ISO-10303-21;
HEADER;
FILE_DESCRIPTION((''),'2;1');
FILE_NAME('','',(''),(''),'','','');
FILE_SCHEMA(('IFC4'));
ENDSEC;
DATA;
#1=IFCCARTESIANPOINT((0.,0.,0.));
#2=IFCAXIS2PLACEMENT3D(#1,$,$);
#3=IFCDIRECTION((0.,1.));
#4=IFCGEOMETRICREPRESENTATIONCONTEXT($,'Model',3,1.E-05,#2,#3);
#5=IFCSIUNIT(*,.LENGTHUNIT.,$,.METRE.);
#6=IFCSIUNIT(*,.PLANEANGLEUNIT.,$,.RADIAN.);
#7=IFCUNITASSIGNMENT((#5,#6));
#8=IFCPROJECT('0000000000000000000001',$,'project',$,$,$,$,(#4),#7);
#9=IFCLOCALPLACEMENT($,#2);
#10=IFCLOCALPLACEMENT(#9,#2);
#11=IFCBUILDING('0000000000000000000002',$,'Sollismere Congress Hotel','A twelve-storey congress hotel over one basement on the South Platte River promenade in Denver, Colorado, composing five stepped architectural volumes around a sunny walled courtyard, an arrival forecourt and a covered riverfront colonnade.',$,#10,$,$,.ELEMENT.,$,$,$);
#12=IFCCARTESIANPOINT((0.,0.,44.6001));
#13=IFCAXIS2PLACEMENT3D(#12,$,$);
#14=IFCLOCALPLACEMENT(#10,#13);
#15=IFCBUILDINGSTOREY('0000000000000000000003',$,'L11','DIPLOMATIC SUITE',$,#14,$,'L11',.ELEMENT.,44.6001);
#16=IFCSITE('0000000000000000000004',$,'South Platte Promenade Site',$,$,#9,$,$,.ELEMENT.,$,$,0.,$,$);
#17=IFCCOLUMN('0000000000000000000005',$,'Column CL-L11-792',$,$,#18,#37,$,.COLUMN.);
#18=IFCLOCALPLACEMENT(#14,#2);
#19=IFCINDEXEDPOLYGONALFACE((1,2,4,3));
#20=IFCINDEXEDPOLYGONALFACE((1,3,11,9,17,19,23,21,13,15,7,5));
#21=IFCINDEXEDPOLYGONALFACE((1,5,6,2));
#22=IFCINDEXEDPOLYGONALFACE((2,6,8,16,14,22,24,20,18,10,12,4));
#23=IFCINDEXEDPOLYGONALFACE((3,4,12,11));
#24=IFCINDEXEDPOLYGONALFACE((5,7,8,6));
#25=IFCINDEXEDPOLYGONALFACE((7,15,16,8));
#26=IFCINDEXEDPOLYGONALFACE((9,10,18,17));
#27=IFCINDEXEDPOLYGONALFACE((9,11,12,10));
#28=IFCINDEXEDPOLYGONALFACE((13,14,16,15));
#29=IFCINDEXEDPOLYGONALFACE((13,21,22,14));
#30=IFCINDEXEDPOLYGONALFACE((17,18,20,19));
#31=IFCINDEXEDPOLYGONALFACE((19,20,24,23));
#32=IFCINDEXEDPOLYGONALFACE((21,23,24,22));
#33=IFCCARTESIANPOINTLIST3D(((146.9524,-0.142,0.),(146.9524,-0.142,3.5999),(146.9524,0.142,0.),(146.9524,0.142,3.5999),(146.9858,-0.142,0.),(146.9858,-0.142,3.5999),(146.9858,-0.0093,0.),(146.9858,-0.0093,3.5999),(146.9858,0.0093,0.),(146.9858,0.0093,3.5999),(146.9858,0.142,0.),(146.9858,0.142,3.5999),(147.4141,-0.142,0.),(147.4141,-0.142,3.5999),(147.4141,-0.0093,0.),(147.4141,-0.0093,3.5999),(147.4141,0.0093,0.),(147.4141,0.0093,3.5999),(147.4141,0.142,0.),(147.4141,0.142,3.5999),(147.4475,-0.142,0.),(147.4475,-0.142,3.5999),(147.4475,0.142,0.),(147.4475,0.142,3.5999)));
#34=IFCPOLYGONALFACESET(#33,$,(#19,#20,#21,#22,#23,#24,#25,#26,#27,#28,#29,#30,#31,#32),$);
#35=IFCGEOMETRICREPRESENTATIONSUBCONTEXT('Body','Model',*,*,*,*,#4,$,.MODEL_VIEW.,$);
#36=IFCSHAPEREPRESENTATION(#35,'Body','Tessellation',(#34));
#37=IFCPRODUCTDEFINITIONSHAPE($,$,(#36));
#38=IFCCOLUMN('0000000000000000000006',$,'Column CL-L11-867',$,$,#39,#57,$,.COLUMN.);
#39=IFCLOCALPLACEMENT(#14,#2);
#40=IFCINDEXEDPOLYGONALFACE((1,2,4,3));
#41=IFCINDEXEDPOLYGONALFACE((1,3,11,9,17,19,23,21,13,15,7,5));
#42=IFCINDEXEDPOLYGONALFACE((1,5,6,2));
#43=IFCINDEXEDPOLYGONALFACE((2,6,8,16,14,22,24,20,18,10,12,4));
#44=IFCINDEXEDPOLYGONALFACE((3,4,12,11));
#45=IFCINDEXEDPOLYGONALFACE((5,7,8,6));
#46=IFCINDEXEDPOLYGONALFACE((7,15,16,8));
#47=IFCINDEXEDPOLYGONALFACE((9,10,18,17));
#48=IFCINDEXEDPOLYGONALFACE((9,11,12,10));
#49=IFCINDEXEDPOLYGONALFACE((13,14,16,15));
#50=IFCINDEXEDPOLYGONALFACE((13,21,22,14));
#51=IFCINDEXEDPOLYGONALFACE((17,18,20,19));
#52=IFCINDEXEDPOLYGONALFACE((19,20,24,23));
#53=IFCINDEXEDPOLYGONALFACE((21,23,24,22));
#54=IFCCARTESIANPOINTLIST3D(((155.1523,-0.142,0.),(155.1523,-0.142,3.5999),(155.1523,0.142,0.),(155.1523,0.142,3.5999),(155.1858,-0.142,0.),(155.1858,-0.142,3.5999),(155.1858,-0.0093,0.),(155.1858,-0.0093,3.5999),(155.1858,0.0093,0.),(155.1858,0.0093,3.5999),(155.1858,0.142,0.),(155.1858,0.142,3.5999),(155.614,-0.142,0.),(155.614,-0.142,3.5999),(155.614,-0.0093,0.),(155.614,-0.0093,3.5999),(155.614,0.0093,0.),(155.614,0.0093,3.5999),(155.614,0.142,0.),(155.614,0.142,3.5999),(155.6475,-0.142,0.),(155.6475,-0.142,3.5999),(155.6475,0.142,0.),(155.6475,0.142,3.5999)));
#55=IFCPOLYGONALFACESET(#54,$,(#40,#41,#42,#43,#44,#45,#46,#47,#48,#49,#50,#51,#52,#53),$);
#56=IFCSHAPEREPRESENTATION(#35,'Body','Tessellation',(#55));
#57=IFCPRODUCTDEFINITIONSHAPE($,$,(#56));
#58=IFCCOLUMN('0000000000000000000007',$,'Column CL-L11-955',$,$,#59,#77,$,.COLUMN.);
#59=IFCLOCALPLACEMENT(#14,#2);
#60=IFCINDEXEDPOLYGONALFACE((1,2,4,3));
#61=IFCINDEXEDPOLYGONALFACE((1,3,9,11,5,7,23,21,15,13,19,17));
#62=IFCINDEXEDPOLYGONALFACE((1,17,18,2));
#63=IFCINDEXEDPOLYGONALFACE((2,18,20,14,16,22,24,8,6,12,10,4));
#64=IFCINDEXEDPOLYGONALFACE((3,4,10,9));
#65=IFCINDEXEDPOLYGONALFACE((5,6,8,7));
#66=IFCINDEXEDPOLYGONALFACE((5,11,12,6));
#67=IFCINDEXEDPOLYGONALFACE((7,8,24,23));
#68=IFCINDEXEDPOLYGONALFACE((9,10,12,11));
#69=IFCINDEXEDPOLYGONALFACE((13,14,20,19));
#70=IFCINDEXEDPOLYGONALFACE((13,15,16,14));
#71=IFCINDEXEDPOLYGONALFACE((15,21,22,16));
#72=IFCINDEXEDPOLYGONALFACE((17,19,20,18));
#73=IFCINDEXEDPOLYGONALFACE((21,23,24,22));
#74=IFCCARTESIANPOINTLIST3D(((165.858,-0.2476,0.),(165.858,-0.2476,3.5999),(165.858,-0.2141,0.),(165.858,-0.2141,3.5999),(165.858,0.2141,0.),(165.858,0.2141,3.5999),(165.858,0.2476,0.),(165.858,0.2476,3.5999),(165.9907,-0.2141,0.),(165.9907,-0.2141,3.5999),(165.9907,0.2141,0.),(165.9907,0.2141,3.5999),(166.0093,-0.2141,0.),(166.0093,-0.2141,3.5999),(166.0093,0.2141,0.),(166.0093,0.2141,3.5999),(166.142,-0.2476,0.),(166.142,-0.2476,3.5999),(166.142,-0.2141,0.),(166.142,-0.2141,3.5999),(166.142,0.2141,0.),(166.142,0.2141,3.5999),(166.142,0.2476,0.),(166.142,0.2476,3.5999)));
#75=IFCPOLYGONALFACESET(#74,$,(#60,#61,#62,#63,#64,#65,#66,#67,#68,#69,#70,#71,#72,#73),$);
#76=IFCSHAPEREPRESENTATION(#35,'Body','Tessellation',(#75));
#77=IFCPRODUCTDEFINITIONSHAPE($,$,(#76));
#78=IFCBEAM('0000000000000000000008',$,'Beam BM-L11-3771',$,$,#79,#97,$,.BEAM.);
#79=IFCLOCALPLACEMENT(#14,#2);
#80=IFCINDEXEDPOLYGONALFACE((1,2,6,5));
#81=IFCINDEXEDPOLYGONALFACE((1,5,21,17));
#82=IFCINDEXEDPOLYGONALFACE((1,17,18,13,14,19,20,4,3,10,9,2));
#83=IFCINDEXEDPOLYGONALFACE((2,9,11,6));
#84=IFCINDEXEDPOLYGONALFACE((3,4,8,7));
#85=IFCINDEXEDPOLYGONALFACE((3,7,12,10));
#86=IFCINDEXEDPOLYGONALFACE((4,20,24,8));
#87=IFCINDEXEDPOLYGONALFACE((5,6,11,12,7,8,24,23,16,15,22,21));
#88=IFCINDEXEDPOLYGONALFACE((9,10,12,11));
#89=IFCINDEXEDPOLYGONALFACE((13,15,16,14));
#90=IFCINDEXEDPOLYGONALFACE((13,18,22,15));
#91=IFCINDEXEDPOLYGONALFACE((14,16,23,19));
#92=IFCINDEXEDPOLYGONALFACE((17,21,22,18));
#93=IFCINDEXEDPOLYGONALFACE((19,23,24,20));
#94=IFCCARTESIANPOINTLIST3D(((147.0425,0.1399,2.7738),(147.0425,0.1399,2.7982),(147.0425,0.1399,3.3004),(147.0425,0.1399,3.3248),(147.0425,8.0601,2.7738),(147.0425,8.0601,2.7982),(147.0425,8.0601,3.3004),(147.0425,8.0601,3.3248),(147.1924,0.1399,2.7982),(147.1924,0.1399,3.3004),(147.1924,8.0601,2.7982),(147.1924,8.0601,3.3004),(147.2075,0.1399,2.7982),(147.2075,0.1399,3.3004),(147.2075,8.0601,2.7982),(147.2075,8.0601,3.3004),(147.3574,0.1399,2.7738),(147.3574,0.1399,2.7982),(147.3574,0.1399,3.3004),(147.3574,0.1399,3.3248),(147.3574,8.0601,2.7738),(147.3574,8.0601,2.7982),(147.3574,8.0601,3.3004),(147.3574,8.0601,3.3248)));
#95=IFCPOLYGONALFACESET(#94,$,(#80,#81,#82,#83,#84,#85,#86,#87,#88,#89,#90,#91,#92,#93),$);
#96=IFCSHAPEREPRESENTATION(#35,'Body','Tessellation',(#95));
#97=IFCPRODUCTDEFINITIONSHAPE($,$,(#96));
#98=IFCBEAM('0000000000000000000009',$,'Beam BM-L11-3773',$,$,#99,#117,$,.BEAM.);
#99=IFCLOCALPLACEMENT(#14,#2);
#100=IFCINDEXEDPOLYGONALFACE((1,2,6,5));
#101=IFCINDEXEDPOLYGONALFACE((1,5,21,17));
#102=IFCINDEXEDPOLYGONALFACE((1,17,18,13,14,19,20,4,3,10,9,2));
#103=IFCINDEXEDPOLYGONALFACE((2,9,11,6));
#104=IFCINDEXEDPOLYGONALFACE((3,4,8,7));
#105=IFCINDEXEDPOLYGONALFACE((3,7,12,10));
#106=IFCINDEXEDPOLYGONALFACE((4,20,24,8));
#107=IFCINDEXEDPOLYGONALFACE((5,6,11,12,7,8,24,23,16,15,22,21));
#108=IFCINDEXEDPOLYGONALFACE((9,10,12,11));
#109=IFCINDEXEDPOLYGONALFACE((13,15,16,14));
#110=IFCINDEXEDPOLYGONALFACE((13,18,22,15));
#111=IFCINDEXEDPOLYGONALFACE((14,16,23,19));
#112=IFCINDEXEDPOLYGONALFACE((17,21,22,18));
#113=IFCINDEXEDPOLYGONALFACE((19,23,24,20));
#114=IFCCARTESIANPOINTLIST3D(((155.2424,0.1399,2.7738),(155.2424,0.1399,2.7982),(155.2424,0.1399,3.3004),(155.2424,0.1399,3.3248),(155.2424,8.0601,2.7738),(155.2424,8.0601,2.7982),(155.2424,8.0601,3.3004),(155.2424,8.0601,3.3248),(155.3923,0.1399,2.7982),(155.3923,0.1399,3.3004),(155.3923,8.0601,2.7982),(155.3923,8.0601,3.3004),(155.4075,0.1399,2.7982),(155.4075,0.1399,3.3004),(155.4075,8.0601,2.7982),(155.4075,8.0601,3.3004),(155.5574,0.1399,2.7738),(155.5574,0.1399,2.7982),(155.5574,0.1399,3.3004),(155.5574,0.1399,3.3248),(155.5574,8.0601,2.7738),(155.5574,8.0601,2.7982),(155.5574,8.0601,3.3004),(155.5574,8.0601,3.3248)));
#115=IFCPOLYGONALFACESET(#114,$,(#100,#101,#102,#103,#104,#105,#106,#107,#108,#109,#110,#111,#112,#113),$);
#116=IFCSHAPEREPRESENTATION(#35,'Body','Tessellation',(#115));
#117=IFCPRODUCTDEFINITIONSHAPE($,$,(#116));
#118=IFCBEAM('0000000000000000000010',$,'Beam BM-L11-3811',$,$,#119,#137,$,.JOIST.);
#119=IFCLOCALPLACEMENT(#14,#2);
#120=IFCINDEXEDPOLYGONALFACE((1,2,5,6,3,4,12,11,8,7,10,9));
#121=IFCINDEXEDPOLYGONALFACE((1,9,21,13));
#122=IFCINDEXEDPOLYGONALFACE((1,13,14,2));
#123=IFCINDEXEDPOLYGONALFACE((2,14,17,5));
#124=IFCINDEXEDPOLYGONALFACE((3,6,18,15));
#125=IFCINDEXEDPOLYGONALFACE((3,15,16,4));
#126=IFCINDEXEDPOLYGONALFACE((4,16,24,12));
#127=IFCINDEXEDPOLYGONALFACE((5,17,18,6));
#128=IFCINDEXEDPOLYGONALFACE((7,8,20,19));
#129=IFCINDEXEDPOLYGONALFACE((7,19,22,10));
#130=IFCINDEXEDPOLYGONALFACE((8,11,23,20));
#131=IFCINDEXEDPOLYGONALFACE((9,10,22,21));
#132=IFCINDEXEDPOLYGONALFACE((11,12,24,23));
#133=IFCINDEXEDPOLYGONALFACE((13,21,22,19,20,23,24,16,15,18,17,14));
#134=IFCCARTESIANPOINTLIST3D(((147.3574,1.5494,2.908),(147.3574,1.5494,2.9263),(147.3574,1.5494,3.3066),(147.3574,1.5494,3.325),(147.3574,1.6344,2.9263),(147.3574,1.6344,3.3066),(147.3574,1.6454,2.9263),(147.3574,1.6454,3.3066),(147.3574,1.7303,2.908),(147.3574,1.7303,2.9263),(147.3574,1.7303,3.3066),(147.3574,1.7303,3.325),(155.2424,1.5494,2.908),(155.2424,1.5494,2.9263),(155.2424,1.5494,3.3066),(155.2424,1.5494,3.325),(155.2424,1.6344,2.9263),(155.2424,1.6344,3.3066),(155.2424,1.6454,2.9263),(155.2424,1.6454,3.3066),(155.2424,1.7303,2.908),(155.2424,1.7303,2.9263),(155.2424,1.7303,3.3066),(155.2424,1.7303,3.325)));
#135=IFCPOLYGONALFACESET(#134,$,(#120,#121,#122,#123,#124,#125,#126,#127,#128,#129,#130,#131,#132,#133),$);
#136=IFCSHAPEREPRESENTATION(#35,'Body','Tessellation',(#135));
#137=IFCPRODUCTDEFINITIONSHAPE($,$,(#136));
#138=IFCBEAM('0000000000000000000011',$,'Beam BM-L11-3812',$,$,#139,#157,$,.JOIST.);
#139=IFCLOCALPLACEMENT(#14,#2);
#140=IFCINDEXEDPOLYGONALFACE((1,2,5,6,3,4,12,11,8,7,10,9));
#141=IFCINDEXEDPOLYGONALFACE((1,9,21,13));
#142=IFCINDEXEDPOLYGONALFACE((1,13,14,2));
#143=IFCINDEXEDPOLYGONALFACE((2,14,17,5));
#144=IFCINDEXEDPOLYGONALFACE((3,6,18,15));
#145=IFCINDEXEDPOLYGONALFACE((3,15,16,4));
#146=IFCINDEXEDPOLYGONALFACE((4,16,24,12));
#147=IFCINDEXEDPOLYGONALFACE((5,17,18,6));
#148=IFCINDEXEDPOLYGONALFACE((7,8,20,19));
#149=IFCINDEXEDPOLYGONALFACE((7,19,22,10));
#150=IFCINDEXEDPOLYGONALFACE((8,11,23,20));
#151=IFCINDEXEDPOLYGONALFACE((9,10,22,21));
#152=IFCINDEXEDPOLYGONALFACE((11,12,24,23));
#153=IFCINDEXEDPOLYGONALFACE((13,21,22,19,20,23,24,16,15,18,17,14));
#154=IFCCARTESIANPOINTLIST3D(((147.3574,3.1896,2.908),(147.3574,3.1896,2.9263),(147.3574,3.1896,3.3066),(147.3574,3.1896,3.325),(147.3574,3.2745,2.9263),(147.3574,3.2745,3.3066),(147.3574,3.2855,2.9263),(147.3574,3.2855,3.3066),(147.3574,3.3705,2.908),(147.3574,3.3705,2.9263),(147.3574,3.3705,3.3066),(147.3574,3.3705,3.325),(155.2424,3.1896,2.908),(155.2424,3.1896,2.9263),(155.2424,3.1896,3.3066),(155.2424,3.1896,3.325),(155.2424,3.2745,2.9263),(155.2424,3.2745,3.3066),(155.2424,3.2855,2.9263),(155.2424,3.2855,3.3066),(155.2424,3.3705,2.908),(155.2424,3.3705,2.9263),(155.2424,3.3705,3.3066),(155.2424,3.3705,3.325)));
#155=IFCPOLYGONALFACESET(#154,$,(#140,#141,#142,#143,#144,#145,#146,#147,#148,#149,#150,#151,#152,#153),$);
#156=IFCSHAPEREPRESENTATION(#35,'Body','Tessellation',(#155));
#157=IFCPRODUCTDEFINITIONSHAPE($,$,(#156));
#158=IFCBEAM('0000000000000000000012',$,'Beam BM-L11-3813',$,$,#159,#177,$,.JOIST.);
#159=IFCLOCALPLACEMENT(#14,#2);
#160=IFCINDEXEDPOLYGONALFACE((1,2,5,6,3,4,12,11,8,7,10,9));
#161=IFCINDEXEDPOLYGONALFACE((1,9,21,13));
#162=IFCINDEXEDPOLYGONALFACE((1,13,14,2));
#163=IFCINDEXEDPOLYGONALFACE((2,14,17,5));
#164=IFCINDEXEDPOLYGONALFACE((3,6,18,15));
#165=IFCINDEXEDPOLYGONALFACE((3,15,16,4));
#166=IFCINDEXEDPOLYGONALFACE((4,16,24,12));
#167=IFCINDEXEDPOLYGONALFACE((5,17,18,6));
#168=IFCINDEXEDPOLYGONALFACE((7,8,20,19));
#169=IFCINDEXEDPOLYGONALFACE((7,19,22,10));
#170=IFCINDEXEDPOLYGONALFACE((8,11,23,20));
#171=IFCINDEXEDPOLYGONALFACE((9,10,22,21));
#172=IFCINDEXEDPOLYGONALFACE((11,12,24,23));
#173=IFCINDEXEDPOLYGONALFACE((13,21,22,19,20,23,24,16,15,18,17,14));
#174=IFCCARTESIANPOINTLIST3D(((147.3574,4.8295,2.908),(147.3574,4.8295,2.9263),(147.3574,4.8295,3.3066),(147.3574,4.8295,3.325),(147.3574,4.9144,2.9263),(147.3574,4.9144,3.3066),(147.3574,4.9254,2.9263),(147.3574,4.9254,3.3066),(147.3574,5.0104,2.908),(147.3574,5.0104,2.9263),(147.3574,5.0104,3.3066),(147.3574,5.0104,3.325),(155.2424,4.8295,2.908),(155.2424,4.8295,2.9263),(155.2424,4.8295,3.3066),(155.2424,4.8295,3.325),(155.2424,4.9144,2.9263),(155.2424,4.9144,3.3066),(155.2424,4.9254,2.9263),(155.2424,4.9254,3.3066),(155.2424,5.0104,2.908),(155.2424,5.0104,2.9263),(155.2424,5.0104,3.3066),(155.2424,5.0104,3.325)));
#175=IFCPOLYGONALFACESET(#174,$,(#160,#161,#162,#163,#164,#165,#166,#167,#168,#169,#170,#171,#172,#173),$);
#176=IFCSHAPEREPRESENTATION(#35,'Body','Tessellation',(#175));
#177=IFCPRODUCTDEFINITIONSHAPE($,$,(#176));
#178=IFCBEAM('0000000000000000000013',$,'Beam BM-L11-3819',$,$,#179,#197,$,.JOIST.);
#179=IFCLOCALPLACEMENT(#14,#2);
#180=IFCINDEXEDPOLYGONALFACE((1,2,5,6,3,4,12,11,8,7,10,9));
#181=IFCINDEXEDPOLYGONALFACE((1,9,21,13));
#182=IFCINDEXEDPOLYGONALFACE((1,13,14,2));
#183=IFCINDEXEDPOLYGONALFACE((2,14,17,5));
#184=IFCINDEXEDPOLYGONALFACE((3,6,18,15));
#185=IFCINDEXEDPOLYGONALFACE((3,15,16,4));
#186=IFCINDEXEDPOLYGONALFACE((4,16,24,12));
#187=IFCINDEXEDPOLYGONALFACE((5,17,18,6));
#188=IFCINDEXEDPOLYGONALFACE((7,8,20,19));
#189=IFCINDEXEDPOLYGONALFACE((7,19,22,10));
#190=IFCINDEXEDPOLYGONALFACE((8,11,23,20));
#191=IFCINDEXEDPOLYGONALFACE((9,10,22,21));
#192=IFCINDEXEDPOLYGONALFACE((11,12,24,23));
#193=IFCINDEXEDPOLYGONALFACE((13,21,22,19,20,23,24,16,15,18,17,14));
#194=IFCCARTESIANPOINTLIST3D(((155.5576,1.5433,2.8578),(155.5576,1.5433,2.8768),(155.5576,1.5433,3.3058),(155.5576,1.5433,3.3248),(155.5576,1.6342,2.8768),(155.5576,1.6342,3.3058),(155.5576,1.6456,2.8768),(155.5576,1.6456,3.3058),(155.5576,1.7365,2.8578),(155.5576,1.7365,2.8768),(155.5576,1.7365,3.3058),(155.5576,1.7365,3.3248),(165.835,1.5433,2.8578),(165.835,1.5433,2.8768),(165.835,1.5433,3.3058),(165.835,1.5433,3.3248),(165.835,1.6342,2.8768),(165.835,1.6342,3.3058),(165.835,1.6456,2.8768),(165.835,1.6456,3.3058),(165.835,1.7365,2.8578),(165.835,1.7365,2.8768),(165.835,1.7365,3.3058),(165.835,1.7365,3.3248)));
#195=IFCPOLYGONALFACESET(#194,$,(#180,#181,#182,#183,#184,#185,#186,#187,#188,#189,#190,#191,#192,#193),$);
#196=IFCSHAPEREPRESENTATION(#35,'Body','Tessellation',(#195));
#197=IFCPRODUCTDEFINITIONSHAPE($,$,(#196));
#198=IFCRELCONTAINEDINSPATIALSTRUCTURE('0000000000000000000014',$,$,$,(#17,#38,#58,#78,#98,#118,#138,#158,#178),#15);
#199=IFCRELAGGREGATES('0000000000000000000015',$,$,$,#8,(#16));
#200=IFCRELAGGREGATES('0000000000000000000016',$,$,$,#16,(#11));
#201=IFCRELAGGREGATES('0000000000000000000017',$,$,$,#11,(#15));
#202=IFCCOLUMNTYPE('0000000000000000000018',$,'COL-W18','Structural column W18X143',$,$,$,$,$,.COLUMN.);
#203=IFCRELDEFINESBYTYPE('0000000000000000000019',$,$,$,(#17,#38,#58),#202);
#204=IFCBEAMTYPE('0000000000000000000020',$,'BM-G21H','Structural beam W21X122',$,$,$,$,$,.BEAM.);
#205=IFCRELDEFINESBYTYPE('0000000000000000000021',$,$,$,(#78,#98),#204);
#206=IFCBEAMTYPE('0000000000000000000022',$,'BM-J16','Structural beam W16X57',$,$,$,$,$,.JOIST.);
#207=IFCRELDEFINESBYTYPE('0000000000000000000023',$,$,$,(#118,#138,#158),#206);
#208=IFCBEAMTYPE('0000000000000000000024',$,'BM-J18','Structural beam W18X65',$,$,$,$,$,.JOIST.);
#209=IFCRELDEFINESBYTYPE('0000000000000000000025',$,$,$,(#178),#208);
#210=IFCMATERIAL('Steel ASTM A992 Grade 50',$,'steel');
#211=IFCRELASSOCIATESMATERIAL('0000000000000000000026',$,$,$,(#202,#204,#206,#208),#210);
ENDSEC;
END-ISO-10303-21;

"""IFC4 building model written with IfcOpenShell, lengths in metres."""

from ifc_helpers import new_model, si_unit, direction, frame, origin, origin_2d, place, context, subcontext, project, spatial, i_section, extrude, material, material_profile, profile_set, type_object, element, save


model = new_model("IFC4")

# Units and contexts
model_context = context("Model", 3, precision=1e-05, world=origin(), true_north=direction((0.0, 1.0)))
body_context = subcontext(model_context, "Body", "Model", "MODEL_VIEW")
ifc_project = project(units=[si_unit("LENGTHUNIT", "METRE"), si_unit("PLANEANGLEUNIT", "RADIAN")], contexts=[model_context])

# Site, building, storey
site_placement = place(None, origin())
site = spatial("IfcSite", under=ifc_project, at=site_placement, Name="South Platte Promenade Site", CompositionType="ELEMENT", RefElevation=0.0)
building_placement = place(site_placement, origin())
building = spatial("IfcBuilding", under=site, at=building_placement, Name="Sollismere Congress Hotel", Description="A twelve-storey congress hotel over one basement on the South Platte River promenade in Denver, Colorado, composing five stepped architectural volumes around a sunny walled courtyard, an arrival forecourt and a covered riverfront colonnade.", CompositionType="ELEMENT")
storey_placement = place(building_placement, frame((0.0, 0.0, 44.6001)))
storey = spatial("IfcBuildingStorey", under=building, at=storey_placement, Name="L11", Description="DIPLOMATIC SUITE", LongName="L11", CompositionType="ELEMENT", Elevation=44.6001)

# Columns
ifc_material_1 = material(Name="Steel ASTM A992 Grade 50", Category="steel")
ifc_material_profile_1 = material_profile(ifc_material_1, i_section(OverallWidth=0.2839, OverallDepth=0.4951, WebThickness=0.0186, FlangeThickness=0.0334, at=origin_2d()), Name="W18X143")
ifc_profile_set_1 = profile_set([ifc_material_profile_1], Name="Steel ASTM A992 Grade 50")
column_type = type_object("IfcColumnType", Name="COL-W18", Description="Structural column W18X143", PredefinedType="COLUMN", material=ifc_profile_set_1)
for number, where, z_axis, x_axis, name in (
    (1, (147.2, 0.0, 0.0), (0.0, 0.0, 1.0), (0.0, 1.0, 0.0), "Column CL-L11-792"),
    (2, (155.3999, 0.0, 0.0), (0.0, 0.0, 1.0), (0.0, 1.0, 0.0), "Column CL-L11-867"),
    (3, (166.0, 0.0, 0.0), (0.0, 0.0, 1.0), (1.0, 0.0, 0.0), "Column CL-L11-955"),
):
    element("IfcColumn", number, at=place(storey_placement, frame(where, z_axis=z_axis, x_axis=x_axis)), inside=storey, type_object=column_type, Name=name, PredefinedType="COLUMN", context=body_context, shape_type="SweptSolid", body=[
        extrude(i_section(OverallWidth=0.2839, OverallDepth=0.4951, WebThickness=0.0186, FlangeThickness=0.0334, at=origin_2d()), origin(), (0.0, 0.0, 1.0), 3.5999),
    ])

# Beams
ifc_material_profile_2 = material_profile(ifc_material_1, i_section(OverallWidth=0.3149, OverallDepth=0.551, WebThickness=0.0151, FlangeThickness=0.0244, at=origin_2d()), Name="W21X122")
ifc_profile_set_2 = profile_set([ifc_material_profile_2], Name="Steel ASTM A992 Grade 50")
beam_type_1 = type_object("IfcBeamType", Name="BM-G21H", Description="Structural beam W21X122", PredefinedType="BEAM", material=ifc_profile_set_2)
for number, where, z_axis, x_axis, name in (
    (4, (147.2, 0.1399, 3.0493), (0.0, 1.0, 0.0), (-1.0, 0.0, 0.0), "Beam BM-L11-3771"),
    (5, (155.3999, 0.1399, 3.0493), (0.0, 1.0, 0.0), (-1.0, 0.0, 0.0), "Beam BM-L11-3773"),
):
    element("IfcBeam", number, at=place(storey_placement, frame(where, z_axis=z_axis, x_axis=x_axis)), inside=storey, type_object=beam_type_1, Name=name, PredefinedType="BEAM", context=body_context, shape_type="SweptSolid", body=[
        extrude(i_section(OverallWidth=0.3149, OverallDepth=0.551, WebThickness=0.0151, FlangeThickness=0.0244, at=origin_2d()), origin(), (0.0, 0.0, 1.0), 7.9202),
    ])
ifc_material_profile_3 = material_profile(ifc_material_1, i_section(OverallWidth=0.1809, OverallDepth=0.417, WebThickness=0.011, FlangeThickness=0.0183, at=origin_2d()), Name="W16X57")
ifc_profile_set_3 = profile_set([ifc_material_profile_3], Name="Steel ASTM A992 Grade 50")
beam_type_2 = type_object("IfcBeamType", Name="BM-J16", Description="Structural beam W16X57", PredefinedType="JOIST", material=ifc_profile_set_3)
for number, where, z_axis, x_axis, name in (
    (6, (147.3574, 1.6399, 3.1165), (1.0, 0.0, 0.0), (0.0, 1.0, 0.0), "Beam BM-L11-3811"),
    (7, (147.3574, 3.28, 3.1165), (1.0, 0.0, 0.0), (0.0, 1.0, 0.0), "Beam BM-L11-3812"),
    (8, (147.3574, 4.9199, 3.1165), (1.0, 0.0, 0.0), (0.0, 1.0, 0.0), "Beam BM-L11-3813"),
):
    element("IfcBeam", number, at=place(storey_placement, frame(where, z_axis=z_axis, x_axis=x_axis)), inside=storey, type_object=beam_type_2, Name=name, PredefinedType="JOIST", context=body_context, shape_type="SweptSolid", body=[
        extrude(i_section(OverallWidth=0.1809, OverallDepth=0.417, WebThickness=0.011, FlangeThickness=0.0183, at=origin_2d()), origin(), (0.0, 0.0, 1.0), 7.885),
    ])
ifc_material_profile_4 = material_profile(ifc_material_1, i_section(OverallWidth=0.1931, OverallDepth=0.467, WebThickness=0.0115, FlangeThickness=0.019, at=origin_2d()), Name="W18X65")
ifc_profile_set_4 = profile_set([ifc_material_profile_4], Name="Steel ASTM A992 Grade 50")
beam_type_3 = type_object("IfcBeamType", Name="BM-J18", Description="Structural beam W18X65", PredefinedType="JOIST", material=ifc_profile_set_4)
for number, where, z_axis, x_axis, name in (
    (9, (155.5576, 1.6399, 3.0913), (1.0, 0.0, 0.0), (0.0, 1.0, 0.0), "Beam BM-L11-3819"),
):
    element("IfcBeam", number, at=place(storey_placement, frame(where, z_axis=z_axis, x_axis=x_axis)), inside=storey, type_object=beam_type_3, Name=name, PredefinedType="JOIST", context=body_context, shape_type="SweptSolid", body=[
        extrude(i_section(OverallWidth=0.1931, OverallDepth=0.467, WebThickness=0.0115, FlangeThickness=0.019, at=origin_2d()), origin(), (0.0, 0.0, 1.0), 10.2773),
    ])

save(model, "model.ifc")
